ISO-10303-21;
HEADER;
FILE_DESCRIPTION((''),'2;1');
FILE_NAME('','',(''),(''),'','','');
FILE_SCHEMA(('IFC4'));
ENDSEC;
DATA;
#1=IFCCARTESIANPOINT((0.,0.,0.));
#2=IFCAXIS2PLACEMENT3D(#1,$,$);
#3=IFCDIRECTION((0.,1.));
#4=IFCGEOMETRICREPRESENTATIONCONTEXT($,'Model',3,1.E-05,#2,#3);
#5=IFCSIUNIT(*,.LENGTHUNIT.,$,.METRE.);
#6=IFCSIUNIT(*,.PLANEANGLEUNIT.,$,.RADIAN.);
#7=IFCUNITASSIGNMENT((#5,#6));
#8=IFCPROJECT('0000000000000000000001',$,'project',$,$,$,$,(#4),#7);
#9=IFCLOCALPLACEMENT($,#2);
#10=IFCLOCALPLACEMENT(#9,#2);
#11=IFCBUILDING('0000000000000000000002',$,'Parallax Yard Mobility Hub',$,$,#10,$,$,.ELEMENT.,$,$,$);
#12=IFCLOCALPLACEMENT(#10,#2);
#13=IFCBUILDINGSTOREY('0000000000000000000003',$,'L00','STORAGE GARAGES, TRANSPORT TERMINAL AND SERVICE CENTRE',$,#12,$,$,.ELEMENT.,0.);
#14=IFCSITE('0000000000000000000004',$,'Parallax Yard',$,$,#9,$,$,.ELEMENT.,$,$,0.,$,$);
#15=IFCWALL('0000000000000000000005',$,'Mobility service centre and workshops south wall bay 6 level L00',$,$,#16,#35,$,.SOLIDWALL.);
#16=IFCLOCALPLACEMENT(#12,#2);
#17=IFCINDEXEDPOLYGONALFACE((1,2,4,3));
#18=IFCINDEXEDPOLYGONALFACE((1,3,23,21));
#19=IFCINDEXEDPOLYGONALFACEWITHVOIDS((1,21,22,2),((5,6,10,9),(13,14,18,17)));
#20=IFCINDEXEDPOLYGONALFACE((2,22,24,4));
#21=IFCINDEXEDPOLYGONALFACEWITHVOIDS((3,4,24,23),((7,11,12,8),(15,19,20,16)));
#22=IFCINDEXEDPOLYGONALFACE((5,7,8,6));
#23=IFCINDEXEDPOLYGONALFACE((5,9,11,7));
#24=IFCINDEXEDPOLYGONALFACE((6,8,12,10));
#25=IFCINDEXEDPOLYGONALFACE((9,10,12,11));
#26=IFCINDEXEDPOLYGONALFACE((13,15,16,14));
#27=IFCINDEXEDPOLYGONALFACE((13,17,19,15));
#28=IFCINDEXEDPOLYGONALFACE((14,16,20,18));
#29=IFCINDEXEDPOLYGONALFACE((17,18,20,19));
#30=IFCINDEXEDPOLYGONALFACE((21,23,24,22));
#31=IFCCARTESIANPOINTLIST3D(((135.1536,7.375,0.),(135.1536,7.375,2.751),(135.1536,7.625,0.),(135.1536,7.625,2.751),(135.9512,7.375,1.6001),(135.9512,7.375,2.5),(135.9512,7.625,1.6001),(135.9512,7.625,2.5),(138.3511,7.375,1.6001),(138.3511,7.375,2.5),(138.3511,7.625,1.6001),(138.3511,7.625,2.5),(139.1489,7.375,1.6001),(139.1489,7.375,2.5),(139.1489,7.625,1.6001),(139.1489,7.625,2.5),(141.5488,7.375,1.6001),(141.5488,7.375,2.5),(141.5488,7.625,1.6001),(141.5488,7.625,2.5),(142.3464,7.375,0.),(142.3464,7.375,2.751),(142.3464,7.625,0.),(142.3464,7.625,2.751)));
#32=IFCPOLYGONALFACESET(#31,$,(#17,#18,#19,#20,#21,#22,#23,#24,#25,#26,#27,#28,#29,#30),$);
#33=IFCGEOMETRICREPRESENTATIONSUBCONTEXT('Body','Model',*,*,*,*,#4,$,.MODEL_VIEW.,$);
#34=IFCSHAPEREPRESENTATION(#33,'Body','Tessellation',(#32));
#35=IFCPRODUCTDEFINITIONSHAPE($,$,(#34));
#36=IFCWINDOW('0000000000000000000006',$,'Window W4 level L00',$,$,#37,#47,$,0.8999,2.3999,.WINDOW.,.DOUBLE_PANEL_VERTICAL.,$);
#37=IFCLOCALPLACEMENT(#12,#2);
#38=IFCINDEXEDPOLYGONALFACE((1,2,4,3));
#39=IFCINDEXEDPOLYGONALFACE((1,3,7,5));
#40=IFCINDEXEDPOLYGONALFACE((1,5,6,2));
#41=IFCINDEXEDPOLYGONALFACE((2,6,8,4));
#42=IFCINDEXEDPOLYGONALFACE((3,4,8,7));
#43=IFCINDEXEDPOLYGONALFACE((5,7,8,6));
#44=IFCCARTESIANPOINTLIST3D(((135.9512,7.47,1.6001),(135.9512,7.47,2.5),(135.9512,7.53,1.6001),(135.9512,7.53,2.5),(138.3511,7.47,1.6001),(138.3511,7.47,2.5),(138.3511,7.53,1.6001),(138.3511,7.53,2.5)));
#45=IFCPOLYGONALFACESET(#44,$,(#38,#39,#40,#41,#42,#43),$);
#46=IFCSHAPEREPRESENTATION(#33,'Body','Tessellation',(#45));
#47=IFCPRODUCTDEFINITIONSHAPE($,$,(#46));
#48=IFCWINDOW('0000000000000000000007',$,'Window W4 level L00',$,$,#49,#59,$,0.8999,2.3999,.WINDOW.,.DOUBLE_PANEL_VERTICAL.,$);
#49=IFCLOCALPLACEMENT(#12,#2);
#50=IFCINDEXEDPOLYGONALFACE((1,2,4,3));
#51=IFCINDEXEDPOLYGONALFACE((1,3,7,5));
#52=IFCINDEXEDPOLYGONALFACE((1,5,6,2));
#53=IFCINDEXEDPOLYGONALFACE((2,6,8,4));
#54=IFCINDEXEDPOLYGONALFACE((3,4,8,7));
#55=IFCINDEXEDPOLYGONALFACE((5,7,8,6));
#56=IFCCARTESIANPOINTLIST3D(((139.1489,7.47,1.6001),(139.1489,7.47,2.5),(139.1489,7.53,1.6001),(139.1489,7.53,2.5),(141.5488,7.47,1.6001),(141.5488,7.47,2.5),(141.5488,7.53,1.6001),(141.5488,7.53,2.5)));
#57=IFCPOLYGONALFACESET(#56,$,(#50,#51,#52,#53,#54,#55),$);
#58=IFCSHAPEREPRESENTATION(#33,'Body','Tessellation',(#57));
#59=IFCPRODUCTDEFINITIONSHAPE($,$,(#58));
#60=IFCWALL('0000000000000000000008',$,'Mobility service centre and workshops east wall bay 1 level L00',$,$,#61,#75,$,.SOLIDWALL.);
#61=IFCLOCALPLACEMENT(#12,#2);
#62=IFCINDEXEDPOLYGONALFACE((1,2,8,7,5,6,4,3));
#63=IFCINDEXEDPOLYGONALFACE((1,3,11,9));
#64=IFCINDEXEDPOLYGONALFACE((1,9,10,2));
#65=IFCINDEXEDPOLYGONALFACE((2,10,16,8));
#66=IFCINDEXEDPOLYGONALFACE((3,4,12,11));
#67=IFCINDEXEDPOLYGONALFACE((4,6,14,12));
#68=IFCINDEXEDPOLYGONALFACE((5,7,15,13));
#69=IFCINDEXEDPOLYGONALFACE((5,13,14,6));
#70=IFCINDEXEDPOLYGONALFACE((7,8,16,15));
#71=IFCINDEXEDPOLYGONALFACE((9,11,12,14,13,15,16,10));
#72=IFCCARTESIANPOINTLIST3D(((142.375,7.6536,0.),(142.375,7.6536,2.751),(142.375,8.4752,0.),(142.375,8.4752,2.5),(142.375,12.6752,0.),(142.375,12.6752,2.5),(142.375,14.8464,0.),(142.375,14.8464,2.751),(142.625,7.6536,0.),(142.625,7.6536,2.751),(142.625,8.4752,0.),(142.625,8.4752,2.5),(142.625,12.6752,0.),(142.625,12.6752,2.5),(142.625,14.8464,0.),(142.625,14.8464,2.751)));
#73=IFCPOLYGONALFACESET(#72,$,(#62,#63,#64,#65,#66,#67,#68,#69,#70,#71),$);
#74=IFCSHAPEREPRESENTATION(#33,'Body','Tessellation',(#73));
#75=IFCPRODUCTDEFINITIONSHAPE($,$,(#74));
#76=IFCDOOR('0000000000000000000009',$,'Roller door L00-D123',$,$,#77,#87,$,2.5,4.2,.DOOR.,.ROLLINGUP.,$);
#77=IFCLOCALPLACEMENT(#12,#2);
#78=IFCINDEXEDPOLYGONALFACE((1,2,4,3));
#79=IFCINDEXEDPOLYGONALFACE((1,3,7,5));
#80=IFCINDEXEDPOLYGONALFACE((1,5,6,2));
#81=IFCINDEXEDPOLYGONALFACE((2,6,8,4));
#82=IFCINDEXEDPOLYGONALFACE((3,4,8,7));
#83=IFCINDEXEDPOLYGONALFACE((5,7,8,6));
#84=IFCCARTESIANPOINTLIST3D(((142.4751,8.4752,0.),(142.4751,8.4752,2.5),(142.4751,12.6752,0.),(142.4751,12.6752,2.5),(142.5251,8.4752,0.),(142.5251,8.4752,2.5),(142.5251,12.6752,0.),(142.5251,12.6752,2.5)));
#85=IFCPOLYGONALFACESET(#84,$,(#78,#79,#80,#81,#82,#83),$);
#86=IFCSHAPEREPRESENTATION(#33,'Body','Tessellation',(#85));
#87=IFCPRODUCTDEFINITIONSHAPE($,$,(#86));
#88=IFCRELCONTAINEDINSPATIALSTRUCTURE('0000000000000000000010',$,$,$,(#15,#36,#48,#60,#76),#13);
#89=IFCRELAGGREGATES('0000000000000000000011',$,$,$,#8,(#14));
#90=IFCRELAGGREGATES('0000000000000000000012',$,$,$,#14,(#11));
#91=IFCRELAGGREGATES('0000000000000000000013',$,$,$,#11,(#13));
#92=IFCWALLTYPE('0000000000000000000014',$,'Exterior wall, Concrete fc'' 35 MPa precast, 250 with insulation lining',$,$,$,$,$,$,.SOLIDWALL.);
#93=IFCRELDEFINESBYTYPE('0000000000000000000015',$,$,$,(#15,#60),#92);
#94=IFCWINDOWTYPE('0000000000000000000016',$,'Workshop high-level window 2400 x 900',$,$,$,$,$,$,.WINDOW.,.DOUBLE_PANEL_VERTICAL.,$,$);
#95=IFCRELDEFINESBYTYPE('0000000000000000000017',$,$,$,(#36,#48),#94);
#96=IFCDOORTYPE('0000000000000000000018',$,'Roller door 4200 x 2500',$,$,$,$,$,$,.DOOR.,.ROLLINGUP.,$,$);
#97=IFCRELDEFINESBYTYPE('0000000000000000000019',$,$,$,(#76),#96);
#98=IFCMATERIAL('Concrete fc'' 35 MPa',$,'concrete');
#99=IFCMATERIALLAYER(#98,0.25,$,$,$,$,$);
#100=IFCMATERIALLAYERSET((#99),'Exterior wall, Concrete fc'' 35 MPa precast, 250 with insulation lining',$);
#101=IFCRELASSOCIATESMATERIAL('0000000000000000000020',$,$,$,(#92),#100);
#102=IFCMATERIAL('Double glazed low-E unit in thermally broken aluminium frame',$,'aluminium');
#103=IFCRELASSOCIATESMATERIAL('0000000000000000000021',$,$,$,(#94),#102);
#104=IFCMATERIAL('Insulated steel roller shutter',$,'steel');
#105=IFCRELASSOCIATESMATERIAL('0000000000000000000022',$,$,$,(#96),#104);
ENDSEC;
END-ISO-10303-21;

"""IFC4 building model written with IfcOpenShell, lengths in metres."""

from ifc_helpers import new_model, si_unit, direction, frame, frame_2d, origin, place, context, subcontext, project, spatial, rectangle, extrude, material, layer, layer_set, type_object, element, fill, save


model = new_model("IFC4")

# Units and contexts
model_context = context("Model", 3, precision=1e-05, world=origin(), true_north=direction((0.0, 1.0)))
body_context = subcontext(model_context, "Body", "Model", "MODEL_VIEW")
ifc_project = project(units=[si_unit("LENGTHUNIT", "METRE"), si_unit("PLANEANGLEUNIT", "RADIAN")], contexts=[model_context])

# Site, building, storey
site_placement = place(None, origin())
site = spatial("IfcSite", under=ifc_project, at=site_placement, Name="Parallax Yard", CompositionType="ELEMENT", RefElevation=0.0)
building_placement = place(site_placement, origin())
building = spatial("IfcBuilding", under=site, at=building_placement, Name="Parallax Yard Mobility Hub", CompositionType="ELEMENT")
storey_placement = place(building_placement, origin())
storey = spatial("IfcBuildingStorey", under=building, at=storey_placement, Name="L00", Description="STORAGE GARAGES, TRANSPORT TERMINAL AND SERVICE CENTRE", CompositionType="ELEMENT", Elevation=0.0)

# Wall, openings, windows
ifc_material_1 = material(Name="Concrete fc' 35 MPa", Category="concrete")
ifc_layer = layer(ifc_material_1, 0.25)
ifc_layer_set = layer_set([ifc_layer], Name="Exterior wall, Concrete fc' 35 MPa precast, 250 with insulation lining")
wall_type = type_object("IfcWallType", Name="Exterior wall, Concrete fc' 35 MPa precast, 250 with insulation lining", PredefinedType="SOLIDWALL", material=ifc_layer_set)
ifc_material_2 = material(Name="Double glazed low-E unit in thermally broken aluminium frame", Category="aluminium")
window_type = type_object("IfcWindowType", Name="Workshop high-level window 2400 x 900", PartitioningType="DOUBLE_PANEL_VERTICAL", PredefinedType="WINDOW", material=ifc_material_2)
wall_1_placement = place(storey_placement, frame((135.1536, 7.5, 0.0), z_axis=(0.0, 0.0, 1.0), x_axis=(1.0, 0.0, 0.0)))
wall_1 = element("IfcWall", 1, at=wall_1_placement, inside=storey, type_object=wall_type, Name="Mobility service centre and workshops south wall bay 6 level L00", PredefinedType="SOLIDWALL", context=body_context, shape_type="SweptSolid", body=[
    extrude(rectangle(XDim=7.1929, YDim=0.25, at=frame_2d((3.5964, 0.0))), origin(), (0.0, 0.0, 1.0), 2.751),
])
opening_1_placement = place(wall_1_placement, frame((0.7976, 0.0, 1.6001)))
opening_1 = element("IfcOpeningElement", 2, at=opening_1_placement, cuts=wall_1, PredefinedType="OPENING", context=body_context, shape_type="SweptSolid", body=[
    extrude(rectangle(XDim=2.3999, YDim=0.8999, at=frame_2d((1.2, 0.45))), frame((0.0, 0.135, 0.0), z_axis=(0.0, -1.0, 0.0), x_axis=(1.0, 0.0, 0.0)), (0.0, 0.0, 1.0), 0.27),
])
opening_2_placement = place(wall_1_placement, frame((3.9954, 0.0, 1.6001)))
opening_2 = element("IfcOpeningElement", 3, at=opening_2_placement, cuts=wall_1, PredefinedType="OPENING", context=body_context, shape_type="SweptSolid", body=[
    extrude(rectangle(XDim=2.3999, YDim=0.8999, at=frame_2d((1.2, 0.45))), frame((0.0, 0.135, 0.0), z_axis=(0.0, -1.0, 0.0), x_axis=(1.0, 0.0, 0.0)), (0.0, 0.0, 1.0), 0.27),
])
window_1_placement = place(opening_1_placement, origin())
window_1 = element("IfcWindow", 4, at=window_1_placement, inside=storey, type_object=window_type, Name="Window W4 level L00", OverallHeight=0.8999, OverallWidth=2.3999, PartitioningType="DOUBLE_PANEL_VERTICAL", PredefinedType="WINDOW", context=body_context, shape_type="SweptSolid", body=[
    extrude(rectangle(XDim=2.3999, YDim=0.8999, at=frame_2d((1.2, 0.45))), frame((0.0, 0.03, 0.0), z_axis=(0.0, -1.0, 0.0), x_axis=(1.0, 0.0, 0.0)), (0.0, 0.0, 1.0), 0.0601),
])
fill(opening_1, window_1)
window_2_placement = place(opening_2_placement, origin())
window_2 = element("IfcWindow", 5, at=window_2_placement, inside=storey, type_object=window_type, Name="Window W4 level L00", OverallHeight=0.8999, OverallWidth=2.3999, PartitioningType="DOUBLE_PANEL_VERTICAL", PredefinedType="WINDOW", context=body_context, shape_type="SweptSolid", body=[
    extrude(rectangle(XDim=2.3999, YDim=0.8999, at=frame_2d((1.2, 0.45))), frame((0.0, 0.03, 0.0), z_axis=(0.0, -1.0, 0.0), x_axis=(1.0, 0.0, 0.0)), (0.0, 0.0, 1.0), 0.0601),
])
fill(opening_2, window_2)

# Wall, opening, door
wall_2_placement = place(storey_placement, frame((142.5, 7.6536, 0.0), z_axis=(0.0, 0.0, 1.0), x_axis=(0.0, 1.0, 0.0)))
wall_2 = element("IfcWall", 6, at=wall_2_placement, inside=storey, type_object=wall_type, Name="Mobility service centre and workshops east wall bay 1 level L00", PredefinedType="SOLIDWALL", context=body_context, shape_type="SweptSolid", body=[
    extrude(rectangle(XDim=7.1929, YDim=0.25, at=frame_2d((3.5964, 0.0))), origin(), (0.0, 0.0, 1.0), 2.751),
])
opening_3_placement = place(wall_2_placement, frame((0.8215, 0.0, 0.0)))
opening_3 = element("IfcOpeningElement", 7, at=opening_3_placement, cuts=wall_2, PredefinedType="OPENING", context=body_context, shape_type="SweptSolid", body=[
    extrude(rectangle(XDim=4.2, YDim=2.5, at=frame_2d((2.1001, 1.25))), frame((0.0, 0.135, 0.0), z_axis=(0.0, -1.0, 0.0), x_axis=(1.0, 0.0, 0.0)), (0.0, 0.0, 1.0), 0.27),
])
ifc_material_3 = material(Name="Insulated steel roller shutter", Category="steel")
door_type = type_object("IfcDoorType", Name="Roller door 4200 x 2500", OperationType="ROLLINGUP", PredefinedType="DOOR", material=ifc_material_3)
door_placement = place(opening_3_placement, origin())
door = element("IfcDoor", 8, at=door_placement, inside=storey, type_object=door_type, Name="Roller door L00-D123", OperationType="ROLLINGUP", OverallHeight=2.5, OverallWidth=4.2, PredefinedType="DOOR", context=body_context, shape_type="SweptSolid", body=[
    extrude(rectangle(XDim=4.2, YDim=2.5, at=frame_2d((2.1001, 1.25))), frame((0.0, 0.0249, 0.0), z_axis=(0.0, -1.0, 0.0), x_axis=(1.0, 0.0, 0.0)), (0.0, 0.0, 1.0), 0.05),
])
fill(opening_3, door)

save(model, "model.ifc")
